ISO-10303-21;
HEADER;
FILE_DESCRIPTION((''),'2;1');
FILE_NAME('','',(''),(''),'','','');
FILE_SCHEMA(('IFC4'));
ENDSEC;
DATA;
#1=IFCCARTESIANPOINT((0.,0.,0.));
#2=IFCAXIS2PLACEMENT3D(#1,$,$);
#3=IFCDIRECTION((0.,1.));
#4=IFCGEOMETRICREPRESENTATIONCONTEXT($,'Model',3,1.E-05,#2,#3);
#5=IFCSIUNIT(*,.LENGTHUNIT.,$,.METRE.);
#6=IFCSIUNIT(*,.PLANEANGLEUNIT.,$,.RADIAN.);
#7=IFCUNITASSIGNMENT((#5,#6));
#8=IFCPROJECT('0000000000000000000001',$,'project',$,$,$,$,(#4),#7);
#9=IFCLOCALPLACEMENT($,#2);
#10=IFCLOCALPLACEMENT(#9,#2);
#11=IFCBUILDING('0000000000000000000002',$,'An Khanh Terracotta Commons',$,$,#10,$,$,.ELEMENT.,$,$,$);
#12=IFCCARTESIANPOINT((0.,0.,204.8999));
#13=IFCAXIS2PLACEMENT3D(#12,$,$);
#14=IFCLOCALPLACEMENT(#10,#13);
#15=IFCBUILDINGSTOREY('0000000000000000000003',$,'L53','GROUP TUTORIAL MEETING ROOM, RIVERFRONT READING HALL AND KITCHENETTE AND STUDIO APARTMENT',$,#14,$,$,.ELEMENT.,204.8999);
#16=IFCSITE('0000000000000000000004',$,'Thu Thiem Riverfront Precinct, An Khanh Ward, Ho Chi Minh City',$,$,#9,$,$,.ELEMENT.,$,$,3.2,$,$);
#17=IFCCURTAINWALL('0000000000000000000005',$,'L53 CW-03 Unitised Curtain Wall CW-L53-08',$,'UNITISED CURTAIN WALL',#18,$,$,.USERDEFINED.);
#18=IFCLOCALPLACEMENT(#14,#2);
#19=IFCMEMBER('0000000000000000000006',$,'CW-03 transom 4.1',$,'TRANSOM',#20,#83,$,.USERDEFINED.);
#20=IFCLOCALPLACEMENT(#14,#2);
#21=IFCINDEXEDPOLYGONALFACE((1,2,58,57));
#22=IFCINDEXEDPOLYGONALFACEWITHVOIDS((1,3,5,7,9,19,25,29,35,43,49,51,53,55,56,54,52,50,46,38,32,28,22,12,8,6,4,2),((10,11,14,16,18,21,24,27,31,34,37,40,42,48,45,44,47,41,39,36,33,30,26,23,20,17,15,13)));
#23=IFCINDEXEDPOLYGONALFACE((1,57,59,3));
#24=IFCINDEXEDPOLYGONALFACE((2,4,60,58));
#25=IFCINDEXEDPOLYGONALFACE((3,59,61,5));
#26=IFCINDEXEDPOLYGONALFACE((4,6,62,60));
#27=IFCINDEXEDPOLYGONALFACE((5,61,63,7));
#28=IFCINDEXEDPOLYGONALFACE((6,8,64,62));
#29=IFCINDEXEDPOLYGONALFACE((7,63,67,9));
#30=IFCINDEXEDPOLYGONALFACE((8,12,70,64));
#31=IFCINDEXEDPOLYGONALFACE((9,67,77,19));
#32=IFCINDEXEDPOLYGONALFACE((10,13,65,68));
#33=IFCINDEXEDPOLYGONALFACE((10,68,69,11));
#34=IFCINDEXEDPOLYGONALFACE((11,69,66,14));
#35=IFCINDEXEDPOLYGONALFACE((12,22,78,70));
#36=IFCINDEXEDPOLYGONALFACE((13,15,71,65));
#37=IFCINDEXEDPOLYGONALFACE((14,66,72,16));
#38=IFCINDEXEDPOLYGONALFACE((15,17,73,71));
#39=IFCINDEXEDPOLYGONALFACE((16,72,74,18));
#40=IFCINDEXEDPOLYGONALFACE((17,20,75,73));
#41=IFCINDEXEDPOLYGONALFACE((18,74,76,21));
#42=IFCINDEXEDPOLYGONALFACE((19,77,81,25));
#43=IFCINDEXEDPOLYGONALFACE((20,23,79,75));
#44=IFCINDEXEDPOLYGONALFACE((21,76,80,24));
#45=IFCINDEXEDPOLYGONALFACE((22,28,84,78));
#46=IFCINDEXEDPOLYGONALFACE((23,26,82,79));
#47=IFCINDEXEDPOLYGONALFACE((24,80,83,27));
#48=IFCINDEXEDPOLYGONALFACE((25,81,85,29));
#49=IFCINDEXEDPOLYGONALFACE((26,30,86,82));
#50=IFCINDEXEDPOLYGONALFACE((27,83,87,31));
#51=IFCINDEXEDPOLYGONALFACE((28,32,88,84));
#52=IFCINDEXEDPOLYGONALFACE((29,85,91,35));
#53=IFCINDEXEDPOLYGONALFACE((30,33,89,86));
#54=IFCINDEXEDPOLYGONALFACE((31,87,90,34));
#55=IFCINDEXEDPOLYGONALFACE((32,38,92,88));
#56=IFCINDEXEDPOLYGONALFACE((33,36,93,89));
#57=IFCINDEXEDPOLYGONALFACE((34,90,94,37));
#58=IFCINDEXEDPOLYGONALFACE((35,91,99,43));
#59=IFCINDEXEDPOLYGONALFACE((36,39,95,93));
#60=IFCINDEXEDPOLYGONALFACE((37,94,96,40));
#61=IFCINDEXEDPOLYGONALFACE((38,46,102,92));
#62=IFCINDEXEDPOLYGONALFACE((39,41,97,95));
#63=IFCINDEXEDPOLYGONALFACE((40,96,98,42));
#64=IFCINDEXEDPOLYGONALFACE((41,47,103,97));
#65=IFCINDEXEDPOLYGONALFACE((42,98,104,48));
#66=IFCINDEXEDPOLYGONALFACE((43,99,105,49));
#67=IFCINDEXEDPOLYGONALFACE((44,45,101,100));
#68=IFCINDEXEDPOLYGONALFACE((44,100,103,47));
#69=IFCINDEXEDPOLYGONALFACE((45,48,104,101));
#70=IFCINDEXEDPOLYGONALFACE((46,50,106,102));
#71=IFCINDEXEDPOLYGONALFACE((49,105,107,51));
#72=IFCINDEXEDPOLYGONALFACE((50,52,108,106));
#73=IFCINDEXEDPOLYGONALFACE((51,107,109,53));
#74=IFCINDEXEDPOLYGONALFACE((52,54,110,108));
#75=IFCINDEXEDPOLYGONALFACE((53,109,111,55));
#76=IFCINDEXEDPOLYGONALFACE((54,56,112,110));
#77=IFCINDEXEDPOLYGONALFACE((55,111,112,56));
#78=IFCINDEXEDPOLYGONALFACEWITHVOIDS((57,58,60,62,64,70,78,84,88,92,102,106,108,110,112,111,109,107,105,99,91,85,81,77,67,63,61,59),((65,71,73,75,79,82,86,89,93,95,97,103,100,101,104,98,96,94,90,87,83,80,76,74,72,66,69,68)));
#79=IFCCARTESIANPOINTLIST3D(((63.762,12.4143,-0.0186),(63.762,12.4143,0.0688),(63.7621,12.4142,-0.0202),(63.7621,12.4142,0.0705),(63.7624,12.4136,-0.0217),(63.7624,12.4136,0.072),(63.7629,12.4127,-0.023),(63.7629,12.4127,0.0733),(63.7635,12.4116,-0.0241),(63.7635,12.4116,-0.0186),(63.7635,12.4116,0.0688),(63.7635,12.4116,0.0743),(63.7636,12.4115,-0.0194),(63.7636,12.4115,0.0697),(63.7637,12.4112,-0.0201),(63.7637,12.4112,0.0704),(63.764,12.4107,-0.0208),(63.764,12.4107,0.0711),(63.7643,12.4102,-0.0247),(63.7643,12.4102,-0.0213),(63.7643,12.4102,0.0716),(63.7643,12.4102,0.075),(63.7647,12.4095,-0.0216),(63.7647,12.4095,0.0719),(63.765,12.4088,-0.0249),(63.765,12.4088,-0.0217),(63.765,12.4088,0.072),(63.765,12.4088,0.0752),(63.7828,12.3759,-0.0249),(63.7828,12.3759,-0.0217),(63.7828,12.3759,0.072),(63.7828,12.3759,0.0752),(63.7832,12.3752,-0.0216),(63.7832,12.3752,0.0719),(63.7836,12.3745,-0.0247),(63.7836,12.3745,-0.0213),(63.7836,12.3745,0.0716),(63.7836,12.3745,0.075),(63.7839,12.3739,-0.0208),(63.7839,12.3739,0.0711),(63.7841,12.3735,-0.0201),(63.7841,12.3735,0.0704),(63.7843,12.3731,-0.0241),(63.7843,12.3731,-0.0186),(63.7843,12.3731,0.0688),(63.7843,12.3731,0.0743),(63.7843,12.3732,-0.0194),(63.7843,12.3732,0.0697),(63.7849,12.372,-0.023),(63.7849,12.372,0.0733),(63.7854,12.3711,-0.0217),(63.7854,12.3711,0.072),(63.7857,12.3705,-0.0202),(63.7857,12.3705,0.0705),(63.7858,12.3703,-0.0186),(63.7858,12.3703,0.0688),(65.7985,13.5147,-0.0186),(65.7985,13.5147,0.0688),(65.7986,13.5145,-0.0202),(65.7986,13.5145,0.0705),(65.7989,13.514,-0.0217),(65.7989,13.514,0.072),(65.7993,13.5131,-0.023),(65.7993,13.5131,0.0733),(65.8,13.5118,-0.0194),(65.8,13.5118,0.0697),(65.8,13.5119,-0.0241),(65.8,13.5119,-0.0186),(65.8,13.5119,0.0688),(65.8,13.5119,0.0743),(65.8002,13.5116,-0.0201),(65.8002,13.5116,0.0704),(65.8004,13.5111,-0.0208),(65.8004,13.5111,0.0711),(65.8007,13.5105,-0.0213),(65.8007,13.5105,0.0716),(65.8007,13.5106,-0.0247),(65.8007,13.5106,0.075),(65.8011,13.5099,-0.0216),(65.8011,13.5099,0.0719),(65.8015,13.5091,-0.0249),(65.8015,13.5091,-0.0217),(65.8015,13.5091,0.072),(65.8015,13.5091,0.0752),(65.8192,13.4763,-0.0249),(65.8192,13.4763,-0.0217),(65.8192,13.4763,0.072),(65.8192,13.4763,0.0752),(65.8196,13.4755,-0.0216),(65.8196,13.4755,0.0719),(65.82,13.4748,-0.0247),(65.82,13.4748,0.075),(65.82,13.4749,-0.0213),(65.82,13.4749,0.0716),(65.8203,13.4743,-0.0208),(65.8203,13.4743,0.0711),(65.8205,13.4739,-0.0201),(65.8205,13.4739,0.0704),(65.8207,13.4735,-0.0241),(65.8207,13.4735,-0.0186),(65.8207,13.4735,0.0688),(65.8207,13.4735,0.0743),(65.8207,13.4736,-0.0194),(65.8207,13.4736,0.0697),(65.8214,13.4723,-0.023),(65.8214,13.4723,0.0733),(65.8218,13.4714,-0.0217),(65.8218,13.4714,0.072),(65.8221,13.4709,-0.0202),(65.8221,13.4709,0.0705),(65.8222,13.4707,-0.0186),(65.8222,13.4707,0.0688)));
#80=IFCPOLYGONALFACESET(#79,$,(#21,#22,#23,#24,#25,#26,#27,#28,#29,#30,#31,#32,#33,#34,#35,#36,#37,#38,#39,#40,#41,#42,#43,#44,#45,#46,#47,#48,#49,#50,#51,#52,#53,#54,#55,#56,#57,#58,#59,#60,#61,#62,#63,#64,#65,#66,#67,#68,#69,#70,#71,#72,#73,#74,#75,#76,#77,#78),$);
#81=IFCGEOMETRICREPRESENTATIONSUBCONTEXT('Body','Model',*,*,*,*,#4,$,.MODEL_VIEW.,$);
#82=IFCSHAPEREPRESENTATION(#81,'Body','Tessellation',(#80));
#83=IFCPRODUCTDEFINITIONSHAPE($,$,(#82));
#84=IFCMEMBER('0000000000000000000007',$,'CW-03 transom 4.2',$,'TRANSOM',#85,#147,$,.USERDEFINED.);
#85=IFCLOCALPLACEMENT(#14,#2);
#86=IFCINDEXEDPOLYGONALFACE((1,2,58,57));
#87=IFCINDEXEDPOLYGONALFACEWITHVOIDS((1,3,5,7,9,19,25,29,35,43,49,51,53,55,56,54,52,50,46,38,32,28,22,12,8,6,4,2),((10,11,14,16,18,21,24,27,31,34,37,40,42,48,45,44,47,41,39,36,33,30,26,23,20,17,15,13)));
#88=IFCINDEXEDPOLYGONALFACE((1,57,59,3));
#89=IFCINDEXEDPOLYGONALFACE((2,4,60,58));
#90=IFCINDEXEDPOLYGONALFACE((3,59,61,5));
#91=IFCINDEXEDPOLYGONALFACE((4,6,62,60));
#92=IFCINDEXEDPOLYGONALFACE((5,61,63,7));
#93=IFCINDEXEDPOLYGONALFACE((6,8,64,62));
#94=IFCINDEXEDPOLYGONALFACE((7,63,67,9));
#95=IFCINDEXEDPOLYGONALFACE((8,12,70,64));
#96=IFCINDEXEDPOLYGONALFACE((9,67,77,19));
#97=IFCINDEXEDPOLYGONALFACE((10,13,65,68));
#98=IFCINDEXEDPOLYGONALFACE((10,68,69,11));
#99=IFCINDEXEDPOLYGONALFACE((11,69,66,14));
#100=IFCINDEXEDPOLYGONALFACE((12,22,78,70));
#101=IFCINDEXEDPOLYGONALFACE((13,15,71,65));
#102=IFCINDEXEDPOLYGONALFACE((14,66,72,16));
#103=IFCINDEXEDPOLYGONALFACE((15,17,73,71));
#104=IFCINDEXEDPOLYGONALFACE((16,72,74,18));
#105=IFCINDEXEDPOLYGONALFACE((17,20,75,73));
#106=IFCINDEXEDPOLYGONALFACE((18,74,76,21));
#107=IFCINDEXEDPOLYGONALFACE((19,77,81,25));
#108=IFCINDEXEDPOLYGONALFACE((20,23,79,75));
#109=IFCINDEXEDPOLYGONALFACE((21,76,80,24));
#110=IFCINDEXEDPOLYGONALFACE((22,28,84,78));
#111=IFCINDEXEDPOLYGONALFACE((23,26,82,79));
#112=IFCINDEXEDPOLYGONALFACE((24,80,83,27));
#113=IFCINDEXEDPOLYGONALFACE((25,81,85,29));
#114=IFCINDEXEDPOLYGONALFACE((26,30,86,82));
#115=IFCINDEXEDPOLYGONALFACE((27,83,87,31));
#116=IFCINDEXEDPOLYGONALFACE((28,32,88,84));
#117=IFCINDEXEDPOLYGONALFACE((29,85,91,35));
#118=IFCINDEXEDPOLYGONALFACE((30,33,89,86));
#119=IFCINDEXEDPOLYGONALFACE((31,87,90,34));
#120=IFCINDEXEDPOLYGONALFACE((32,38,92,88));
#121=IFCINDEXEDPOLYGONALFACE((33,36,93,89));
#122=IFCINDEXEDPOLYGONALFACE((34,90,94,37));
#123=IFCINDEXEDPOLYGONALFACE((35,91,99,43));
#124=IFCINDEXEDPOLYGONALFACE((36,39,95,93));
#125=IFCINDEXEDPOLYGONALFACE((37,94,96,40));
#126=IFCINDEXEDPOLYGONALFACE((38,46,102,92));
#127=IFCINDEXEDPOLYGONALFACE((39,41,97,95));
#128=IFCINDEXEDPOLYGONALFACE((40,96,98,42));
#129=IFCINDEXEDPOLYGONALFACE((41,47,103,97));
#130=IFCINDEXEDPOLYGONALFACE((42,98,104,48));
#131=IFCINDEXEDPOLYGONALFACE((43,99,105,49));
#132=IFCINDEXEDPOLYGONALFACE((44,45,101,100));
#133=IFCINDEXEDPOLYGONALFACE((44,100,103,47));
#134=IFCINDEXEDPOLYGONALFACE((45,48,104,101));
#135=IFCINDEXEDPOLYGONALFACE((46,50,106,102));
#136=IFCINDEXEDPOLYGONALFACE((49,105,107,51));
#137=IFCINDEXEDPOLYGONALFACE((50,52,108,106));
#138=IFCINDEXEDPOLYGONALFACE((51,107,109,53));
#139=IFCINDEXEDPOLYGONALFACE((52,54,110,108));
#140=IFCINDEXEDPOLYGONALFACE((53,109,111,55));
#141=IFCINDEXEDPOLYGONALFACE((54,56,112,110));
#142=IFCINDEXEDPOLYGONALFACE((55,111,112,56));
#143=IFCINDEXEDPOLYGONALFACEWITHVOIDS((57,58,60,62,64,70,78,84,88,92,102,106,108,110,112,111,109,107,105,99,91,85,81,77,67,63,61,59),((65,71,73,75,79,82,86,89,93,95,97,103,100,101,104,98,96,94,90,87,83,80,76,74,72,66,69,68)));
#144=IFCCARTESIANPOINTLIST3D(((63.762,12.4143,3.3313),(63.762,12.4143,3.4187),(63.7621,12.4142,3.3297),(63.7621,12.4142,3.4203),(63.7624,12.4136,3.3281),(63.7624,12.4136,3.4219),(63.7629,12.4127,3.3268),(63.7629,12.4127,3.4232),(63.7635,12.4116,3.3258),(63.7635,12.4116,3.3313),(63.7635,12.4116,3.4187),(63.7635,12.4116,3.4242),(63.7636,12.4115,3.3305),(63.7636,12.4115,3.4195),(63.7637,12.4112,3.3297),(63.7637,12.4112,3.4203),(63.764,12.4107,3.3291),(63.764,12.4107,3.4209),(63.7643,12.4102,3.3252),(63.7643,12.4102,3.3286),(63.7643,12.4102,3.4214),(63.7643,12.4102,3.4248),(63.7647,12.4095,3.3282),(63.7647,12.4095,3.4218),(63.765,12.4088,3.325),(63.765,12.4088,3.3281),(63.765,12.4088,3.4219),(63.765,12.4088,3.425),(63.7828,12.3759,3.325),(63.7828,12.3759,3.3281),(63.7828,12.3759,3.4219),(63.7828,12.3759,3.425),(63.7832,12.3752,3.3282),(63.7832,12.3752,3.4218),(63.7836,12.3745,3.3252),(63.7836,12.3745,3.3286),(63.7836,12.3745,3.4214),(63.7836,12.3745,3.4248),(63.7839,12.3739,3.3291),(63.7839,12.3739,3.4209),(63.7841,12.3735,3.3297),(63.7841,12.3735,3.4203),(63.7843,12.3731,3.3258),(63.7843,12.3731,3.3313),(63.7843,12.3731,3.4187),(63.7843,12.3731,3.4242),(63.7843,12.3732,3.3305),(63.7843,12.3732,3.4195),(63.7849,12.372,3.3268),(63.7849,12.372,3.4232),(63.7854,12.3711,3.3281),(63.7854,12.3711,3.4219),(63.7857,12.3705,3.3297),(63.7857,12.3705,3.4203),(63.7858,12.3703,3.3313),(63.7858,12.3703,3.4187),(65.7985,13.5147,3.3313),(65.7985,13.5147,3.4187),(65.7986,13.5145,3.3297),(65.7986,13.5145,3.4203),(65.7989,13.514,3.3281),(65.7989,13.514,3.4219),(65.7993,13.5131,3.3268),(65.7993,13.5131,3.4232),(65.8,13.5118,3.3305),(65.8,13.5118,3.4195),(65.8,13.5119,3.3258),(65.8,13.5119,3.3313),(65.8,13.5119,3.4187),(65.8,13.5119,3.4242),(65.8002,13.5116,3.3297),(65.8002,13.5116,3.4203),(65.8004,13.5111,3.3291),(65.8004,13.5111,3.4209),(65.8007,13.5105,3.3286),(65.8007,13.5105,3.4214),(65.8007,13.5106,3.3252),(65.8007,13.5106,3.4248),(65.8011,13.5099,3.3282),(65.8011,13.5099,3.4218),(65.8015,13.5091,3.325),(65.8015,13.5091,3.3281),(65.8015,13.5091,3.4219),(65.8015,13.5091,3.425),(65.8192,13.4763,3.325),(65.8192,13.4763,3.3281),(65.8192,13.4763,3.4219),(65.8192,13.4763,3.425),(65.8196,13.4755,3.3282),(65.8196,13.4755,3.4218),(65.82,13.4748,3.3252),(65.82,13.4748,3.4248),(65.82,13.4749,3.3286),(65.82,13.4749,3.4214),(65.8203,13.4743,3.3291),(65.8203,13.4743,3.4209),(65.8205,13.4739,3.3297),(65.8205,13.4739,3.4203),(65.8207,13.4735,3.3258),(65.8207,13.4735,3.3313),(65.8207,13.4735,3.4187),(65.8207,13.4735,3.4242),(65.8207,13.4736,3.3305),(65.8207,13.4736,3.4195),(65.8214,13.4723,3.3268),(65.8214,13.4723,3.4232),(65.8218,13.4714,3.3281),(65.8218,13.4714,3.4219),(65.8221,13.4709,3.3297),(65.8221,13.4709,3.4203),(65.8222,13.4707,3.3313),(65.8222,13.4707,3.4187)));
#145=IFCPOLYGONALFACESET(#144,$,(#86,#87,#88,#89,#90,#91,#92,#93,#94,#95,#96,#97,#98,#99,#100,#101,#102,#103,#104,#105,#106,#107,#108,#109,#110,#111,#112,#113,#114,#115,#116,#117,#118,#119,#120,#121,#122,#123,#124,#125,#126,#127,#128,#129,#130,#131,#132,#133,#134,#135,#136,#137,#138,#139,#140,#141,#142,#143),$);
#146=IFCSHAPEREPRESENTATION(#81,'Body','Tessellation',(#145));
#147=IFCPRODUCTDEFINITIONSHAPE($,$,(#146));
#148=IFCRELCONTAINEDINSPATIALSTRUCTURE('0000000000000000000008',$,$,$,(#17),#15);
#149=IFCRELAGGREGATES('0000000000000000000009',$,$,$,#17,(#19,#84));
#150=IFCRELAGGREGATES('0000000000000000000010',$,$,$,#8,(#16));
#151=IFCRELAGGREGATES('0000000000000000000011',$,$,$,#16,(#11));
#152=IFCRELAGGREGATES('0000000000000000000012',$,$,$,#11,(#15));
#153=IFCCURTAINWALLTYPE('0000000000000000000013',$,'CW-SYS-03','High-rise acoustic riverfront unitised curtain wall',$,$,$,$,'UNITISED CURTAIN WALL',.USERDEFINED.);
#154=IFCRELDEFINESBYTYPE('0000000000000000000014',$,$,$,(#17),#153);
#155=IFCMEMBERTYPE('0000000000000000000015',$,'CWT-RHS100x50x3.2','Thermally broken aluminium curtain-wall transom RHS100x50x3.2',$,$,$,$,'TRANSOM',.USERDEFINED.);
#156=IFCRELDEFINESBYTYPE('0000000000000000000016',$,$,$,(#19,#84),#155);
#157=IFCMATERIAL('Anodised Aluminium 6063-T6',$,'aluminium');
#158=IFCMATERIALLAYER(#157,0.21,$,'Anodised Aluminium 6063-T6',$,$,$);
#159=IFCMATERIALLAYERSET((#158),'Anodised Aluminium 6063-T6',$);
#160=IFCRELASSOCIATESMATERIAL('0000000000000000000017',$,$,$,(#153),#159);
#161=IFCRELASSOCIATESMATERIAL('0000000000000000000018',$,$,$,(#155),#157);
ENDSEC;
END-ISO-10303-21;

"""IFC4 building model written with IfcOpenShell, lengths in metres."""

from ifc_helpers import new_model, si_unit, direction, frame, origin, origin_2d, place, context, subcontext, project, spatial, hollow_rectangle, extrude, material, layer, layer_set, material_profile, profile_set, type_object, element, aggregate, save


model = new_model("IFC4")

# Units and contexts
model_context = context("Model", 3, precision=1e-05, world=origin(), true_north=direction((0.0, 1.0)))
body_context = subcontext(model_context, "Body", "Model", "MODEL_VIEW")
ifc_project = project(units=[si_unit("LENGTHUNIT", "METRE"), si_unit("PLANEANGLEUNIT", "RADIAN")], contexts=[model_context])

# Site, building, storey
site_placement = place(None, origin())
site = spatial("IfcSite", under=ifc_project, at=site_placement, Name="Thu Thiem Riverfront Precinct, An Khanh Ward, Ho Chi Minh City", CompositionType="ELEMENT", RefElevation=3.2)
building_placement = place(site_placement, origin())
building = spatial("IfcBuilding", under=site, at=building_placement, Name="An Khanh Terracotta Commons", CompositionType="ELEMENT")
storey_placement = place(building_placement, frame((0.0, 0.0, 204.8999)))
storey = spatial("IfcBuildingStorey", under=building, at=storey_placement, Name="L53", Description="GROUP TUTORIAL MEETING ROOM, RIVERFRONT READING HALL AND KITCHENETTE AND STUDIO APARTMENT", CompositionType="ELEMENT", Elevation=204.8999)

# Curtain wall
ifc_material_1 = material(Name="Anodised Aluminium 6063-T6", Category="aluminium")
ifc_layer_1 = layer(ifc_material_1, 0.21, Name="Anodised Aluminium 6063-T6")
ifc_layer_set_1 = layer_set([ifc_layer_1], Name="Anodised Aluminium 6063-T6")
curtain_wall_type = type_object("IfcCurtainWallType", Name="CW-SYS-03", Description="High-rise acoustic riverfront unitised curtain wall", ElementType="UNITISED CURTAIN WALL", PredefinedType="USERDEFINED", material=ifc_layer_set_1)
curtain_wall_1_placement = place(storey_placement, origin())
curtain_wall_1 = element("IfcCurtainWall", 1, at=curtain_wall_1_placement, inside=storey, type_object=curtain_wall_type, Name="L53 CW-03 Unitised Curtain Wall CW-L53-08", ObjectType="UNITISED CURTAIN WALL", PredefinedType="USERDEFINED")

# Members
ifc_material_profile_1 = material_profile(ifc_material_1, hollow_rectangle(XDim=0.05, YDim=0.1001, WallThickness=0.0032, InnerFilletRadius=0.0032, OuterFilletRadius=0.0063, at=origin_2d()), Name="RHS100x50x3.2")
ifc_profile_set_1 = profile_set([ifc_material_profile_1], Name="Anodised Aluminium 6063-T6")
member_type_1 = type_object("IfcMemberType", Name="CWT-RHS100x50x3.2", Description="Thermally broken aluminium curtain-wall transom RHS100x50x3.2", ElementType="TRANSOM", PredefinedType="USERDEFINED", material=ifc_profile_set_1)
member_1_placement = place(storey_placement, frame((63.7739, 12.3923, 0.0251), z_axis=(0.879779, 0.475382, 0.0), x_axis=(-0.475382, 0.879779, 0.0)))
member_1 = element("IfcMember", 2, at=member_1_placement, type_object=member_type_1, Name="CW-03 transom 4.1", ObjectType="TRANSOM", PredefinedType="USERDEFINED", context=body_context, shape_type="SweptSolid", body=[
    extrude(hollow_rectangle(XDim=0.05, YDim=0.1001, WallThickness=0.0032, InnerFilletRadius=0.0032, OuterFilletRadius=0.0063, at=origin_2d()), origin(), (0.0, 0.0, 1.0), 2.3147),
])
member_2_placement = place(storey_placement, frame((63.7739, 12.3923, 3.375), z_axis=(0.879779, 0.475382, 0.0), x_axis=(-0.475382, 0.879779, 0.0)))
member_2 = element("IfcMember", 3, at=member_2_placement, type_object=member_type_1, Name="CW-03 transom 4.2", ObjectType="TRANSOM", PredefinedType="USERDEFINED", context=body_context, shape_type="SweptSolid", body=[
    extrude(hollow_rectangle(XDim=0.05, YDim=0.1001, WallThickness=0.0032, InnerFilletRadius=0.0032, OuterFilletRadius=0.0063, at=origin_2d()), origin(), (0.0, 0.0, 1.0), 2.3147),
])

aggregate(curtain_wall_1, [member_1, member_2])

save(model, "model.ifc")
